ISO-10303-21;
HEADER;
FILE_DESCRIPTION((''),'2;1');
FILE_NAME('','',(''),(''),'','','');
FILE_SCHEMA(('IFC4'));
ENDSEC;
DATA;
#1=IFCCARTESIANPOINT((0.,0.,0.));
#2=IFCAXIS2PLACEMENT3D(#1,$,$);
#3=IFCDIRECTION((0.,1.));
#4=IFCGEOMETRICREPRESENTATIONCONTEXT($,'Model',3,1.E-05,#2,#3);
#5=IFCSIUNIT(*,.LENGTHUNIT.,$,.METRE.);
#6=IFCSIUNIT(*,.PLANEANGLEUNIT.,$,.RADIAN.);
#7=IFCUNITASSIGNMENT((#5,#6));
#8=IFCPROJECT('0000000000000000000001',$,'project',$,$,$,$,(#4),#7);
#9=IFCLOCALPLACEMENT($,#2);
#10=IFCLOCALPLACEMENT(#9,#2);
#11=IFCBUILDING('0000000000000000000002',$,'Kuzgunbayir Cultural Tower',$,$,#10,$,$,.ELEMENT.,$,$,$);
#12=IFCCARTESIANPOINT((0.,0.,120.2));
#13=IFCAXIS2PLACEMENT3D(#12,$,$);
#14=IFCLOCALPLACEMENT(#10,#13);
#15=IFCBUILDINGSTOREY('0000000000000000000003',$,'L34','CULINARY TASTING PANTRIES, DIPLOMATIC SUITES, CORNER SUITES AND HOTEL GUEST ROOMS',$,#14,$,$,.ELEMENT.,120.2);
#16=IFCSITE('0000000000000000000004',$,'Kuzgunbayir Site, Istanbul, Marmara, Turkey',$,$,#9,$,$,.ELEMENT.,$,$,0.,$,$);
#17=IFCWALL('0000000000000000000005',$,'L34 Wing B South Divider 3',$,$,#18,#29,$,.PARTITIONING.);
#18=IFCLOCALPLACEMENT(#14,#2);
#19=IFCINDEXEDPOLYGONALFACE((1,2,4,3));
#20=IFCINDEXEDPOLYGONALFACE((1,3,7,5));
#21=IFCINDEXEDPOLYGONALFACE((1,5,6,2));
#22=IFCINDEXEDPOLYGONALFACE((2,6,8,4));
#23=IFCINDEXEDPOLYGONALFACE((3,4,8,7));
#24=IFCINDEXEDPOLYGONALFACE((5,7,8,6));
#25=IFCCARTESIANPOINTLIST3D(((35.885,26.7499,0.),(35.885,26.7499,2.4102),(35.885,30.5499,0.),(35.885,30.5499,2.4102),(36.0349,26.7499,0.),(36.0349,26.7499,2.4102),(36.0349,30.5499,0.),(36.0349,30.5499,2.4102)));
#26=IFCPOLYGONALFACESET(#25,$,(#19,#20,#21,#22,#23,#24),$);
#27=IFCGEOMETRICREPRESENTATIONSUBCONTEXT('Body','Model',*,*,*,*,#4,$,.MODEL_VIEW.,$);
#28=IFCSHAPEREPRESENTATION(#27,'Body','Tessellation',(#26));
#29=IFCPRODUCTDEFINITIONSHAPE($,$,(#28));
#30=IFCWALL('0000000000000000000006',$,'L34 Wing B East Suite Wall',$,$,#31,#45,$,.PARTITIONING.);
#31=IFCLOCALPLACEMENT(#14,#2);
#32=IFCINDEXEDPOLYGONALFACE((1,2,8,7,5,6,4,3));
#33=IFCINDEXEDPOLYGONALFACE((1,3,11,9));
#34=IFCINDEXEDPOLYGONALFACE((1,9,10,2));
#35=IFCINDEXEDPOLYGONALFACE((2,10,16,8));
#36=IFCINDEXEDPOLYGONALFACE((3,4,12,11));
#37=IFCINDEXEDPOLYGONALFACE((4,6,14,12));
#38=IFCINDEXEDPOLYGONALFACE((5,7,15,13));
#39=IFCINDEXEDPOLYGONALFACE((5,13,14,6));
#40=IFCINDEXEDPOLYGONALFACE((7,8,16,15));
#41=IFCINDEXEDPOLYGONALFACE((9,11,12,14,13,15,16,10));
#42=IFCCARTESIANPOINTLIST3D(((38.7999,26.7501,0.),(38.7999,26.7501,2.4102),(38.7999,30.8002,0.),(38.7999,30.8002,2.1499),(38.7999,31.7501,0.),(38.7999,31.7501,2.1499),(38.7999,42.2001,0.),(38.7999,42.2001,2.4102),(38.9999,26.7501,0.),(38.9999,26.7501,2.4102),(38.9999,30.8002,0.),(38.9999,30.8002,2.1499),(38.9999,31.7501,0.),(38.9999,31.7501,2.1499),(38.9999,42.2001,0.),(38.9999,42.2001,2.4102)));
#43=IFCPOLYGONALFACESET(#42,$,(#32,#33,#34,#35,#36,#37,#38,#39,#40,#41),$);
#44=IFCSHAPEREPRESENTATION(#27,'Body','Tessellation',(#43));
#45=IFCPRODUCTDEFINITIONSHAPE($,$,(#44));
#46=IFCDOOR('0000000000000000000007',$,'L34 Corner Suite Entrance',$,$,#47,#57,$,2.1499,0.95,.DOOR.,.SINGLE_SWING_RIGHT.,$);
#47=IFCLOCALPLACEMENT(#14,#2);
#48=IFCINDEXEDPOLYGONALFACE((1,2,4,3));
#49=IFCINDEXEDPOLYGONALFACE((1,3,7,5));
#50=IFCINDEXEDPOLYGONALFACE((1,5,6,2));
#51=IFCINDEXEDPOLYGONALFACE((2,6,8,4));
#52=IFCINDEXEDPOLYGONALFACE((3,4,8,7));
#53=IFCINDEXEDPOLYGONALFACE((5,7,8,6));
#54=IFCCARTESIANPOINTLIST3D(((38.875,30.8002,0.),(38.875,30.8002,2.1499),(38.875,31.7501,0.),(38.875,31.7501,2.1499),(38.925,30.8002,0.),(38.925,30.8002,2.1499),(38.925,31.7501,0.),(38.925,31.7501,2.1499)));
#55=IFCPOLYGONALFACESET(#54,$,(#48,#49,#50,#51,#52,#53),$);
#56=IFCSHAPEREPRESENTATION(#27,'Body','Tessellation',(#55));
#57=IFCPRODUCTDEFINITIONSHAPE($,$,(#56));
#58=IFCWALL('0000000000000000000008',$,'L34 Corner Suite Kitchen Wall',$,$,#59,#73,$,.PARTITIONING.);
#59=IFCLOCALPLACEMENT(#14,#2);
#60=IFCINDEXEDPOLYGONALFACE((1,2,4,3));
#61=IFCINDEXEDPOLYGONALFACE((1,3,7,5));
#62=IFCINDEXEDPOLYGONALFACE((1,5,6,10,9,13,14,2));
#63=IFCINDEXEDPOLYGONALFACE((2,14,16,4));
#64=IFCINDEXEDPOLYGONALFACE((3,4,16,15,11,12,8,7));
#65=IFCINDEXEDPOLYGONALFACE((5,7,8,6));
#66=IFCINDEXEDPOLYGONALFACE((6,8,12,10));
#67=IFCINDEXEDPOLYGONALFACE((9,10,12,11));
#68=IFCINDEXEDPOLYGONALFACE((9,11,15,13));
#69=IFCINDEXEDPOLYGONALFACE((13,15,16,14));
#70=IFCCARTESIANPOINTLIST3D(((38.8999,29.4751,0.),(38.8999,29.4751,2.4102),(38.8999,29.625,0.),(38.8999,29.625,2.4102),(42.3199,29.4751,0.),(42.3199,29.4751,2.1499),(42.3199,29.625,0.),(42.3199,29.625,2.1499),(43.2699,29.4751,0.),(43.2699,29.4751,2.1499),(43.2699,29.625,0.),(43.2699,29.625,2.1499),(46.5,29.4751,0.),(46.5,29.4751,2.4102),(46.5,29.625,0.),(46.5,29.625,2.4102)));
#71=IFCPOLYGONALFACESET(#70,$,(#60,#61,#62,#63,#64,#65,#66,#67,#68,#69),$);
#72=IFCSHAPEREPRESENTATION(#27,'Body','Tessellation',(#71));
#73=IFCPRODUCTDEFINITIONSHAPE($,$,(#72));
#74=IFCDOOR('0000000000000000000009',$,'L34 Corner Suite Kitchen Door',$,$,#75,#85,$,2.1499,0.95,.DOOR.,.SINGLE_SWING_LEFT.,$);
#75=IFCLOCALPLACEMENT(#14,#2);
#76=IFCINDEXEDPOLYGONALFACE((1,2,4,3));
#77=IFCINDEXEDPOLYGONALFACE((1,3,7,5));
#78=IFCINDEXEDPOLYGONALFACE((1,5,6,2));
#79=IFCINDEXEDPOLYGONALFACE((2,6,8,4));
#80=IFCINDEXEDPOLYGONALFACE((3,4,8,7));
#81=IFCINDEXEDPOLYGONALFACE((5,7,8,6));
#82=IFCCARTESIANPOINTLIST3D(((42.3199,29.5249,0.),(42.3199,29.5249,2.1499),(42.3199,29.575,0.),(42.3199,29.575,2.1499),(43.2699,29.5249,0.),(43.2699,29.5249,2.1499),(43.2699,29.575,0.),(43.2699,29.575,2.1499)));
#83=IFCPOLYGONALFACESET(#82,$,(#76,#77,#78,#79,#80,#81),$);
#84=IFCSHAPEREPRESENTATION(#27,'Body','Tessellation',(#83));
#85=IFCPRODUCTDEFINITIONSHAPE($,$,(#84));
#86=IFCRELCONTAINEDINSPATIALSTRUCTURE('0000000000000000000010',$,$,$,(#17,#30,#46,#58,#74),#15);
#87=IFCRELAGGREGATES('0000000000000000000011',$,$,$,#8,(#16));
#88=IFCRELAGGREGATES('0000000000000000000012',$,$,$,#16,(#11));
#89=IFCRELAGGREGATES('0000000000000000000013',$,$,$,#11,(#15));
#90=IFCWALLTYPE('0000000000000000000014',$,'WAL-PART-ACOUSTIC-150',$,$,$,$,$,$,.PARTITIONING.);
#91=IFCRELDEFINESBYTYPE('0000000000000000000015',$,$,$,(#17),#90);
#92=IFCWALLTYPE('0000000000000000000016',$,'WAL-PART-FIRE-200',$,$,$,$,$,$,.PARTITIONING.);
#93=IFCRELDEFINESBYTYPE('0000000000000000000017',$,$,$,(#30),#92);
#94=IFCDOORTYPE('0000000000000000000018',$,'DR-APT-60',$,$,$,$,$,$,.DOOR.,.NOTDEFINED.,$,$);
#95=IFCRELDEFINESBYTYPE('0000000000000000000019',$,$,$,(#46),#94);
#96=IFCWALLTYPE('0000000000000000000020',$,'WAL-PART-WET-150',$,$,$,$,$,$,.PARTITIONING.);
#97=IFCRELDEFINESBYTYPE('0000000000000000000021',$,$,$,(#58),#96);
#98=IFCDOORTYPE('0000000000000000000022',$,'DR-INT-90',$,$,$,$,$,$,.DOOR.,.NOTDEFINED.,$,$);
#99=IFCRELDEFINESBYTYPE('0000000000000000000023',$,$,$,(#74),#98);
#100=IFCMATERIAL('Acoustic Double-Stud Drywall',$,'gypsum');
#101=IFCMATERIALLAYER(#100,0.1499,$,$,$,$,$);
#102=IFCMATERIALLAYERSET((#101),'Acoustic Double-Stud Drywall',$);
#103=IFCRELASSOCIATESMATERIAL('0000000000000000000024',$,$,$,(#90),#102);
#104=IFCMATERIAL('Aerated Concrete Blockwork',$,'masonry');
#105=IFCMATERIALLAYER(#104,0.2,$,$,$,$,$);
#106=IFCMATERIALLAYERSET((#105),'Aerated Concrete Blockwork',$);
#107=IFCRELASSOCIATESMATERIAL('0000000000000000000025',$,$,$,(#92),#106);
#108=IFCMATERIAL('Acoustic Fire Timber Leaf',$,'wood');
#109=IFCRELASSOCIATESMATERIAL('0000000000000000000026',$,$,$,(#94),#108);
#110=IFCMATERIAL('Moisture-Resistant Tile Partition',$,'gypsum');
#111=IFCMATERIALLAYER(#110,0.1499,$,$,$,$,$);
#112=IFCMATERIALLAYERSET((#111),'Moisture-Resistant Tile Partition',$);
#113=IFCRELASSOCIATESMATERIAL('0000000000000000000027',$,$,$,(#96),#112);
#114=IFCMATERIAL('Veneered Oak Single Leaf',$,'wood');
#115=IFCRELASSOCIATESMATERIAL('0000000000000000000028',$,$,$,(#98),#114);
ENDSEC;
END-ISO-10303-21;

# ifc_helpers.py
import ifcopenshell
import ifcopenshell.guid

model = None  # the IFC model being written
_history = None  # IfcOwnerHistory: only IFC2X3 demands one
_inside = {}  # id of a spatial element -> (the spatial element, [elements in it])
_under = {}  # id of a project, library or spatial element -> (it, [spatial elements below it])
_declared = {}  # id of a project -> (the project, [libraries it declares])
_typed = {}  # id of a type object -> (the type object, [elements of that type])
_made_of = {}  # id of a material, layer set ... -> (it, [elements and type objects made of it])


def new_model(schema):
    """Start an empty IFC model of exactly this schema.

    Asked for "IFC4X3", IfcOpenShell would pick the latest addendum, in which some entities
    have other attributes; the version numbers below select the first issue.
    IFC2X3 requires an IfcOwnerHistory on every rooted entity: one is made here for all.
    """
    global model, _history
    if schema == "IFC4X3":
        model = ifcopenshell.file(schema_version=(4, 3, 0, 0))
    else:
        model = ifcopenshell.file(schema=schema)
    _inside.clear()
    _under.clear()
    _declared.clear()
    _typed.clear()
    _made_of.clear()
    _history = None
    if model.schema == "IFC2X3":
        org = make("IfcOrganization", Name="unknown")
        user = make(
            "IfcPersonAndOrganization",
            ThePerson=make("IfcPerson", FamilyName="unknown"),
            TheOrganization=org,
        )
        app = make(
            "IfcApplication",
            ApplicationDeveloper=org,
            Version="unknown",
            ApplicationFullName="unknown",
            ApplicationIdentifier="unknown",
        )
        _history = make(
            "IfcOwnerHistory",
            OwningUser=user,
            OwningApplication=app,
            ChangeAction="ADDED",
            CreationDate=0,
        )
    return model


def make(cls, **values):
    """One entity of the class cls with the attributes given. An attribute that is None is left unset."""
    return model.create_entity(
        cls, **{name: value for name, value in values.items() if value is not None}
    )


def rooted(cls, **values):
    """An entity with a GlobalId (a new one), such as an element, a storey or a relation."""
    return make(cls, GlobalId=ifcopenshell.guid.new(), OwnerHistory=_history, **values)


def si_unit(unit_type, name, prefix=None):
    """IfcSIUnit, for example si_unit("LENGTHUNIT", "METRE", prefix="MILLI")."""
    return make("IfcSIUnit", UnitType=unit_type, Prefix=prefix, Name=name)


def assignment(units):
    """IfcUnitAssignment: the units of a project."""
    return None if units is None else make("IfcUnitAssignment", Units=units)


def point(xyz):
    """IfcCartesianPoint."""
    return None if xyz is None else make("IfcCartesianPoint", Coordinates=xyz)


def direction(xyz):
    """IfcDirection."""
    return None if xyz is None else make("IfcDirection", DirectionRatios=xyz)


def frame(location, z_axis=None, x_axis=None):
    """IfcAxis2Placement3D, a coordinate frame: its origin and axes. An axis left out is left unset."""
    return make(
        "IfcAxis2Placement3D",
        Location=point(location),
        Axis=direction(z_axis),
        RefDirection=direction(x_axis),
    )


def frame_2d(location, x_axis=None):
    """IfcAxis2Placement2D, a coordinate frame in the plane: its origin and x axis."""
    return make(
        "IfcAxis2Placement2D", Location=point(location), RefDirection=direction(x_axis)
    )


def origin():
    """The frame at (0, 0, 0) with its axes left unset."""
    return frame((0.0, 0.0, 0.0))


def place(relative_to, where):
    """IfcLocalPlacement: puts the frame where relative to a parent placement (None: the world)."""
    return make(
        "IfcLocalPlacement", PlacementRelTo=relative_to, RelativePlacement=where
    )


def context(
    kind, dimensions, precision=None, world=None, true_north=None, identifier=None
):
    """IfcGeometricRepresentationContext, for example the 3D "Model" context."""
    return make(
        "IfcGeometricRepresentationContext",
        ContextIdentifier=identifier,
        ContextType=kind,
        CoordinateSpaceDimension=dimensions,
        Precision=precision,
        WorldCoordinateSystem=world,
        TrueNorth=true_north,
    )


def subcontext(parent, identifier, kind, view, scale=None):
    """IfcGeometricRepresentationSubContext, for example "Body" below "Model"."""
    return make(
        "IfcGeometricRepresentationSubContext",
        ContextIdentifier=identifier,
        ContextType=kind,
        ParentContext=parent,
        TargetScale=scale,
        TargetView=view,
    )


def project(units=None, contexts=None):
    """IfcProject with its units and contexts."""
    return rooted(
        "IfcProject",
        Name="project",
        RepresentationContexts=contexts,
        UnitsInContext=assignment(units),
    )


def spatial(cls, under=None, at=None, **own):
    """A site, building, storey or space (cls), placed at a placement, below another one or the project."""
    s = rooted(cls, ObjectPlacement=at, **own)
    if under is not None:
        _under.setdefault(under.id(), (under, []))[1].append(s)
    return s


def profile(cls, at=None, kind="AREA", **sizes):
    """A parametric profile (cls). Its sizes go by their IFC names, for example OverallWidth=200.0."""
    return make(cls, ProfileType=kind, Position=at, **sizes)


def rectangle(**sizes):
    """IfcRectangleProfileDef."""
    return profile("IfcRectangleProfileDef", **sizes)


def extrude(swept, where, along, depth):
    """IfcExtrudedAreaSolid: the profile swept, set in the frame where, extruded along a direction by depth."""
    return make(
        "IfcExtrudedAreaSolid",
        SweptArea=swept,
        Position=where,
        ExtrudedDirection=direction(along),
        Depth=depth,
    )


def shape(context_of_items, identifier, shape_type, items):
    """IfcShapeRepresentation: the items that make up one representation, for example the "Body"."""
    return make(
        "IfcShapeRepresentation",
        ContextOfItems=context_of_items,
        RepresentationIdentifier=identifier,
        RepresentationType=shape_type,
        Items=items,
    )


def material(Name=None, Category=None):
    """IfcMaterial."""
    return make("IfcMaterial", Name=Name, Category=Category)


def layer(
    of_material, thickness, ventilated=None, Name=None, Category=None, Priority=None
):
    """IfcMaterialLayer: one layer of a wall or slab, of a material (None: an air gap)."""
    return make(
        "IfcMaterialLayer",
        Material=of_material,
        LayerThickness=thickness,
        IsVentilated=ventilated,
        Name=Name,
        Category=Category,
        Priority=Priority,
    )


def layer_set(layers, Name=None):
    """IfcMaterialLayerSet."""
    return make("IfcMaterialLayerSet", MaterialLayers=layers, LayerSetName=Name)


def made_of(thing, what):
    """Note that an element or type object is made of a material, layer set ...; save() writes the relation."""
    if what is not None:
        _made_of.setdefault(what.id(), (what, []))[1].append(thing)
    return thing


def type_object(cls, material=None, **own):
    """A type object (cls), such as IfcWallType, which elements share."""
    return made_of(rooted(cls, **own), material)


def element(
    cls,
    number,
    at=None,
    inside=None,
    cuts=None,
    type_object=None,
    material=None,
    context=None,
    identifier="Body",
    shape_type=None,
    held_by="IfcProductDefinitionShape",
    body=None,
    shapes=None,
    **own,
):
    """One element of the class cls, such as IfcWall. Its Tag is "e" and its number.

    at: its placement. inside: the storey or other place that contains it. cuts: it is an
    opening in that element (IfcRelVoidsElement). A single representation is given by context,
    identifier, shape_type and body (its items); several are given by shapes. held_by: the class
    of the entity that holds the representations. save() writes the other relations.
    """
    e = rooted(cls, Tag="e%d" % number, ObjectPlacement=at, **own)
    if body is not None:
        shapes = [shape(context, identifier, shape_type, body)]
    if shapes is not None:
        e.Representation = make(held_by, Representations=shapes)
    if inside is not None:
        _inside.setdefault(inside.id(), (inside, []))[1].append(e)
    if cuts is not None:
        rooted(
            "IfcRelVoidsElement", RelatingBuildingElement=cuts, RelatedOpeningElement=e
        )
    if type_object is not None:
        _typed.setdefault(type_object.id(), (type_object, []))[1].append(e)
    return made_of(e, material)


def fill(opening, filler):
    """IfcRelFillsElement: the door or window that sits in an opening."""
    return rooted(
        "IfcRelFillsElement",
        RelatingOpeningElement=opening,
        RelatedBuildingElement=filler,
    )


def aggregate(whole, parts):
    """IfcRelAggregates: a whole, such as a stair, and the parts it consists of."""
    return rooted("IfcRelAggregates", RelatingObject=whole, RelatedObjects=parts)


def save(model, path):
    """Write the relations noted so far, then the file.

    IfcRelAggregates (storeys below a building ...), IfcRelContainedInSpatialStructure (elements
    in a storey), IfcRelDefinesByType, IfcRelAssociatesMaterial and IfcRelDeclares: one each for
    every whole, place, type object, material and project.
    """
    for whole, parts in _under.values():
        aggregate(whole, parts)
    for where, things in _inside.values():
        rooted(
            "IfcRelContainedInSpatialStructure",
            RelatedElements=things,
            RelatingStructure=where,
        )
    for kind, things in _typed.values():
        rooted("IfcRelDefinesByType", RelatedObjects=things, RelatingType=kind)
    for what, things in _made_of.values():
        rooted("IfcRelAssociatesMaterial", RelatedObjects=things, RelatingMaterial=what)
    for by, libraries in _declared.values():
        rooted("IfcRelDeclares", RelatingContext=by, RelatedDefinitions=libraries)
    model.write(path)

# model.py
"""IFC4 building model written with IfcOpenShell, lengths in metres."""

from ifc_helpers import new_model, si_unit, direction, frame, frame_2d, origin, place, context, subcontext, project, spatial, rectangle, extrude, material, layer, layer_set, type_object, element, fill, save


model = new_model("IFC4")

# Units and contexts
model_context = context("Model", 3, precision=1e-05, world=origin(), true_north=direction((0.0, 1.0)))
body_context = subcontext(model_context, "Body", "Model", "MODEL_VIEW")
ifc_project = project(units=[si_unit("LENGTHUNIT", "METRE"), si_unit("PLANEANGLEUNIT", "RADIAN")], contexts=[model_context])

# Site, building, storey
site_placement = place(None, origin())
site = spatial("IfcSite", under=ifc_project, at=site_placement, Name="Kuzgunbayir Site, Istanbul, Marmara, Turkey", CompositionType="ELEMENT", RefElevation=0.0)
building_placement = place(site_placement, origin())
building = spatial("IfcBuilding", under=site, at=building_placement, Name="Kuzgunbayir Cultural Tower", CompositionType="ELEMENT")
storey_placement = place(building_placement, frame((0.0, 0.0, 120.2)))
storey = spatial("IfcBuildingStorey", under=building, at=storey_placement, Name="L34", Description="CULINARY TASTING PANTRIES, DIPLOMATIC SUITES, CORNER SUITES AND HOTEL GUEST ROOMS", CompositionType="ELEMENT", Elevation=120.2)

# Wall
ifc_material_1 = material(Name="Acoustic Double-Stud Drywall", Category="gypsum")
ifc_layer_1 = layer(ifc_material_1, 0.1499)
ifc_layer_set_1 = layer_set([ifc_layer_1], Name="Acoustic Double-Stud Drywall")
wall_type_1 = type_object("IfcWallType", Name="WAL-PART-ACOUSTIC-150", PredefinedType="PARTITIONING", material=ifc_layer_set_1)
for number, where, z_axis, x_axis, name in (
    (1, (35.96, 26.75, 0.0), (0.0, 0.0, 1.0), (0.0, 1.0, 0.0), "L34 Wing B South Divider 3"),
):
    element("IfcWall", number, at=place(storey_placement, frame(where, z_axis=z_axis, x_axis=x_axis)), inside=storey, type_object=wall_type_1, Name=name, PredefinedType="PARTITIONING", context=body_context, shape_type="SweptSolid", body=[
        extrude(rectangle(XDim=3.8, YDim=0.1499, at=frame_2d((1.8999, 0.0))), origin(), (0.0, 0.0, 1.0), 2.4102),
    ])

# Walls, openings, doors
ifc_material_2 = material(Name="Aerated Concrete Blockwork", Category="masonry")
ifc_layer_2 = layer(ifc_material_2, 0.2)
ifc_layer_set_2 = layer_set([ifc_layer_2], Name="Aerated Concrete Blockwork")
wall_type_2 = type_object("IfcWallType", Name="WAL-PART-FIRE-200", PredefinedType="PARTITIONING", material=ifc_layer_set_2)
wall_1_placement = place(storey_placement, frame((38.8999, 26.75, 0.0), z_axis=(0.0, 0.0, 1.0), x_axis=(0.0, 1.0, 0.0)))
wall_1 = element("IfcWall", 2, at=wall_1_placement, inside=storey, type_object=wall_type_2, Name="L34 Wing B East Suite Wall", PredefinedType="PARTITIONING", context=body_context, shape_type="SweptSolid", body=[
    extrude(rectangle(XDim=15.45, YDim=0.2, at=frame_2d((7.7251, 0.0))), origin(), (0.0, 0.0, 1.0), 2.4102),
])
opening_1_placement = place(wall_1_placement, frame((4.05, 0.0, 0.0)))
opening_1 = element("IfcOpeningElement", 3, at=opening_1_placement, cuts=wall_1, PredefinedType="OPENING", context=body_context, shape_type="SweptSolid", body=[
    extrude(rectangle(XDim=0.95, YDim=2.1499, at=frame_2d((0.4751, 1.075))), frame((0.0, 0.1099, 0.0), z_axis=(0.0, -1.0, 0.0), x_axis=(1.0, 0.0, 0.0)), (0.0, 0.0, 1.0), 0.22),
])
ifc_material_3 = material(Name="Acoustic Fire Timber Leaf", Category="wood")
door_type_1 = type_object("IfcDoorType", Name="DR-APT-60", OperationType="NOTDEFINED", PredefinedType="DOOR", material=ifc_material_3)
door_1_placement = place(opening_1_placement, origin())
door_1 = element("IfcDoor", 4, at=door_1_placement, inside=storey, type_object=door_type_1, Name="L34 Corner Suite Entrance", OperationType="SINGLE_SWING_RIGHT", OverallHeight=2.1499, OverallWidth=0.95, PredefinedType="DOOR", context=body_context, shape_type="SweptSolid", body=[
    extrude(rectangle(XDim=0.95, YDim=2.1499, at=frame_2d((0.4751, 1.075))), frame((0.0, 0.0249, 0.0), z_axis=(0.0, -1.0, 0.0), x_axis=(1.0, 0.0, 0.0)), (0.0, 0.0, 1.0), 0.05),
])
fill(opening_1, door_1)
ifc_material_4 = material(Name="Moisture-Resistant Tile Partition", Category="gypsum")
ifc_layer_3 = layer(ifc_material_4, 0.1499)
ifc_layer_set_3 = layer_set([ifc_layer_3], Name="Moisture-Resistant Tile Partition")
wall_type_3 = type_object("IfcWallType", Name="WAL-PART-WET-150", PredefinedType="PARTITIONING", material=ifc_layer_set_3)
wall_2_placement = place(storey_placement, frame((38.8999, 29.55, 0.0), z_axis=(0.0, 0.0, 1.0), x_axis=(1.0, 0.0, 0.0)))
wall_2 = element("IfcWall", 5, at=wall_2_placement, inside=storey, type_object=wall_type_3, Name="L34 Corner Suite Kitchen Wall", PredefinedType="PARTITIONING", context=body_context, shape_type="SweptSolid", body=[
    extrude(rectangle(XDim=7.6001, YDim=0.1499, at=frame_2d((3.8, 0.0))), origin(), (0.0, 0.0, 1.0), 2.4102),
])
opening_2_placement = place(wall_2_placement, frame((3.4199, 0.0, 0.0)))
opening_2 = element("IfcOpeningElement", 6, at=opening_2_placement, cuts=wall_2, PredefinedType="OPENING", context=body_context, shape_type="SweptSolid", body=[
    extrude(rectangle(XDim=0.95, YDim=2.1499, at=frame_2d((0.4751, 1.075))), frame((0.0, 0.085, 0.0), z_axis=(0.0, -1.0, 0.0), x_axis=(1.0, 0.0, 0.0)), (0.0, 0.0, 1.0), 0.1699),
])
ifc_material_5 = material(Name="Veneered Oak Single Leaf", Category="wood")
door_type_2 = type_object("IfcDoorType", Name="DR-INT-90", OperationType="NOTDEFINED", PredefinedType="DOOR", material=ifc_material_5)
door_2_placement = place(opening_2_placement, origin())
door_2 = element("IfcDoor", 7, at=door_2_placement, inside=storey, type_object=door_type_2, Name="L34 Corner Suite Kitchen Door", OperationType="SINGLE_SWING_LEFT", OverallHeight=2.1499, OverallWidth=0.95, PredefinedType="DOOR", context=body_context, shape_type="SweptSolid", body=[
    extrude(rectangle(XDim=0.95, YDim=2.1499, at=frame_2d((0.4751, 1.075))), frame((0.0, 0.0249, 0.0), z_axis=(0.0, -1.0, 0.0), x_axis=(1.0, 0.0, 0.0)), (0.0, 0.0, 1.0), 0.05),
])
fill(opening_2, door_2)

save(model, "model.ifc")
